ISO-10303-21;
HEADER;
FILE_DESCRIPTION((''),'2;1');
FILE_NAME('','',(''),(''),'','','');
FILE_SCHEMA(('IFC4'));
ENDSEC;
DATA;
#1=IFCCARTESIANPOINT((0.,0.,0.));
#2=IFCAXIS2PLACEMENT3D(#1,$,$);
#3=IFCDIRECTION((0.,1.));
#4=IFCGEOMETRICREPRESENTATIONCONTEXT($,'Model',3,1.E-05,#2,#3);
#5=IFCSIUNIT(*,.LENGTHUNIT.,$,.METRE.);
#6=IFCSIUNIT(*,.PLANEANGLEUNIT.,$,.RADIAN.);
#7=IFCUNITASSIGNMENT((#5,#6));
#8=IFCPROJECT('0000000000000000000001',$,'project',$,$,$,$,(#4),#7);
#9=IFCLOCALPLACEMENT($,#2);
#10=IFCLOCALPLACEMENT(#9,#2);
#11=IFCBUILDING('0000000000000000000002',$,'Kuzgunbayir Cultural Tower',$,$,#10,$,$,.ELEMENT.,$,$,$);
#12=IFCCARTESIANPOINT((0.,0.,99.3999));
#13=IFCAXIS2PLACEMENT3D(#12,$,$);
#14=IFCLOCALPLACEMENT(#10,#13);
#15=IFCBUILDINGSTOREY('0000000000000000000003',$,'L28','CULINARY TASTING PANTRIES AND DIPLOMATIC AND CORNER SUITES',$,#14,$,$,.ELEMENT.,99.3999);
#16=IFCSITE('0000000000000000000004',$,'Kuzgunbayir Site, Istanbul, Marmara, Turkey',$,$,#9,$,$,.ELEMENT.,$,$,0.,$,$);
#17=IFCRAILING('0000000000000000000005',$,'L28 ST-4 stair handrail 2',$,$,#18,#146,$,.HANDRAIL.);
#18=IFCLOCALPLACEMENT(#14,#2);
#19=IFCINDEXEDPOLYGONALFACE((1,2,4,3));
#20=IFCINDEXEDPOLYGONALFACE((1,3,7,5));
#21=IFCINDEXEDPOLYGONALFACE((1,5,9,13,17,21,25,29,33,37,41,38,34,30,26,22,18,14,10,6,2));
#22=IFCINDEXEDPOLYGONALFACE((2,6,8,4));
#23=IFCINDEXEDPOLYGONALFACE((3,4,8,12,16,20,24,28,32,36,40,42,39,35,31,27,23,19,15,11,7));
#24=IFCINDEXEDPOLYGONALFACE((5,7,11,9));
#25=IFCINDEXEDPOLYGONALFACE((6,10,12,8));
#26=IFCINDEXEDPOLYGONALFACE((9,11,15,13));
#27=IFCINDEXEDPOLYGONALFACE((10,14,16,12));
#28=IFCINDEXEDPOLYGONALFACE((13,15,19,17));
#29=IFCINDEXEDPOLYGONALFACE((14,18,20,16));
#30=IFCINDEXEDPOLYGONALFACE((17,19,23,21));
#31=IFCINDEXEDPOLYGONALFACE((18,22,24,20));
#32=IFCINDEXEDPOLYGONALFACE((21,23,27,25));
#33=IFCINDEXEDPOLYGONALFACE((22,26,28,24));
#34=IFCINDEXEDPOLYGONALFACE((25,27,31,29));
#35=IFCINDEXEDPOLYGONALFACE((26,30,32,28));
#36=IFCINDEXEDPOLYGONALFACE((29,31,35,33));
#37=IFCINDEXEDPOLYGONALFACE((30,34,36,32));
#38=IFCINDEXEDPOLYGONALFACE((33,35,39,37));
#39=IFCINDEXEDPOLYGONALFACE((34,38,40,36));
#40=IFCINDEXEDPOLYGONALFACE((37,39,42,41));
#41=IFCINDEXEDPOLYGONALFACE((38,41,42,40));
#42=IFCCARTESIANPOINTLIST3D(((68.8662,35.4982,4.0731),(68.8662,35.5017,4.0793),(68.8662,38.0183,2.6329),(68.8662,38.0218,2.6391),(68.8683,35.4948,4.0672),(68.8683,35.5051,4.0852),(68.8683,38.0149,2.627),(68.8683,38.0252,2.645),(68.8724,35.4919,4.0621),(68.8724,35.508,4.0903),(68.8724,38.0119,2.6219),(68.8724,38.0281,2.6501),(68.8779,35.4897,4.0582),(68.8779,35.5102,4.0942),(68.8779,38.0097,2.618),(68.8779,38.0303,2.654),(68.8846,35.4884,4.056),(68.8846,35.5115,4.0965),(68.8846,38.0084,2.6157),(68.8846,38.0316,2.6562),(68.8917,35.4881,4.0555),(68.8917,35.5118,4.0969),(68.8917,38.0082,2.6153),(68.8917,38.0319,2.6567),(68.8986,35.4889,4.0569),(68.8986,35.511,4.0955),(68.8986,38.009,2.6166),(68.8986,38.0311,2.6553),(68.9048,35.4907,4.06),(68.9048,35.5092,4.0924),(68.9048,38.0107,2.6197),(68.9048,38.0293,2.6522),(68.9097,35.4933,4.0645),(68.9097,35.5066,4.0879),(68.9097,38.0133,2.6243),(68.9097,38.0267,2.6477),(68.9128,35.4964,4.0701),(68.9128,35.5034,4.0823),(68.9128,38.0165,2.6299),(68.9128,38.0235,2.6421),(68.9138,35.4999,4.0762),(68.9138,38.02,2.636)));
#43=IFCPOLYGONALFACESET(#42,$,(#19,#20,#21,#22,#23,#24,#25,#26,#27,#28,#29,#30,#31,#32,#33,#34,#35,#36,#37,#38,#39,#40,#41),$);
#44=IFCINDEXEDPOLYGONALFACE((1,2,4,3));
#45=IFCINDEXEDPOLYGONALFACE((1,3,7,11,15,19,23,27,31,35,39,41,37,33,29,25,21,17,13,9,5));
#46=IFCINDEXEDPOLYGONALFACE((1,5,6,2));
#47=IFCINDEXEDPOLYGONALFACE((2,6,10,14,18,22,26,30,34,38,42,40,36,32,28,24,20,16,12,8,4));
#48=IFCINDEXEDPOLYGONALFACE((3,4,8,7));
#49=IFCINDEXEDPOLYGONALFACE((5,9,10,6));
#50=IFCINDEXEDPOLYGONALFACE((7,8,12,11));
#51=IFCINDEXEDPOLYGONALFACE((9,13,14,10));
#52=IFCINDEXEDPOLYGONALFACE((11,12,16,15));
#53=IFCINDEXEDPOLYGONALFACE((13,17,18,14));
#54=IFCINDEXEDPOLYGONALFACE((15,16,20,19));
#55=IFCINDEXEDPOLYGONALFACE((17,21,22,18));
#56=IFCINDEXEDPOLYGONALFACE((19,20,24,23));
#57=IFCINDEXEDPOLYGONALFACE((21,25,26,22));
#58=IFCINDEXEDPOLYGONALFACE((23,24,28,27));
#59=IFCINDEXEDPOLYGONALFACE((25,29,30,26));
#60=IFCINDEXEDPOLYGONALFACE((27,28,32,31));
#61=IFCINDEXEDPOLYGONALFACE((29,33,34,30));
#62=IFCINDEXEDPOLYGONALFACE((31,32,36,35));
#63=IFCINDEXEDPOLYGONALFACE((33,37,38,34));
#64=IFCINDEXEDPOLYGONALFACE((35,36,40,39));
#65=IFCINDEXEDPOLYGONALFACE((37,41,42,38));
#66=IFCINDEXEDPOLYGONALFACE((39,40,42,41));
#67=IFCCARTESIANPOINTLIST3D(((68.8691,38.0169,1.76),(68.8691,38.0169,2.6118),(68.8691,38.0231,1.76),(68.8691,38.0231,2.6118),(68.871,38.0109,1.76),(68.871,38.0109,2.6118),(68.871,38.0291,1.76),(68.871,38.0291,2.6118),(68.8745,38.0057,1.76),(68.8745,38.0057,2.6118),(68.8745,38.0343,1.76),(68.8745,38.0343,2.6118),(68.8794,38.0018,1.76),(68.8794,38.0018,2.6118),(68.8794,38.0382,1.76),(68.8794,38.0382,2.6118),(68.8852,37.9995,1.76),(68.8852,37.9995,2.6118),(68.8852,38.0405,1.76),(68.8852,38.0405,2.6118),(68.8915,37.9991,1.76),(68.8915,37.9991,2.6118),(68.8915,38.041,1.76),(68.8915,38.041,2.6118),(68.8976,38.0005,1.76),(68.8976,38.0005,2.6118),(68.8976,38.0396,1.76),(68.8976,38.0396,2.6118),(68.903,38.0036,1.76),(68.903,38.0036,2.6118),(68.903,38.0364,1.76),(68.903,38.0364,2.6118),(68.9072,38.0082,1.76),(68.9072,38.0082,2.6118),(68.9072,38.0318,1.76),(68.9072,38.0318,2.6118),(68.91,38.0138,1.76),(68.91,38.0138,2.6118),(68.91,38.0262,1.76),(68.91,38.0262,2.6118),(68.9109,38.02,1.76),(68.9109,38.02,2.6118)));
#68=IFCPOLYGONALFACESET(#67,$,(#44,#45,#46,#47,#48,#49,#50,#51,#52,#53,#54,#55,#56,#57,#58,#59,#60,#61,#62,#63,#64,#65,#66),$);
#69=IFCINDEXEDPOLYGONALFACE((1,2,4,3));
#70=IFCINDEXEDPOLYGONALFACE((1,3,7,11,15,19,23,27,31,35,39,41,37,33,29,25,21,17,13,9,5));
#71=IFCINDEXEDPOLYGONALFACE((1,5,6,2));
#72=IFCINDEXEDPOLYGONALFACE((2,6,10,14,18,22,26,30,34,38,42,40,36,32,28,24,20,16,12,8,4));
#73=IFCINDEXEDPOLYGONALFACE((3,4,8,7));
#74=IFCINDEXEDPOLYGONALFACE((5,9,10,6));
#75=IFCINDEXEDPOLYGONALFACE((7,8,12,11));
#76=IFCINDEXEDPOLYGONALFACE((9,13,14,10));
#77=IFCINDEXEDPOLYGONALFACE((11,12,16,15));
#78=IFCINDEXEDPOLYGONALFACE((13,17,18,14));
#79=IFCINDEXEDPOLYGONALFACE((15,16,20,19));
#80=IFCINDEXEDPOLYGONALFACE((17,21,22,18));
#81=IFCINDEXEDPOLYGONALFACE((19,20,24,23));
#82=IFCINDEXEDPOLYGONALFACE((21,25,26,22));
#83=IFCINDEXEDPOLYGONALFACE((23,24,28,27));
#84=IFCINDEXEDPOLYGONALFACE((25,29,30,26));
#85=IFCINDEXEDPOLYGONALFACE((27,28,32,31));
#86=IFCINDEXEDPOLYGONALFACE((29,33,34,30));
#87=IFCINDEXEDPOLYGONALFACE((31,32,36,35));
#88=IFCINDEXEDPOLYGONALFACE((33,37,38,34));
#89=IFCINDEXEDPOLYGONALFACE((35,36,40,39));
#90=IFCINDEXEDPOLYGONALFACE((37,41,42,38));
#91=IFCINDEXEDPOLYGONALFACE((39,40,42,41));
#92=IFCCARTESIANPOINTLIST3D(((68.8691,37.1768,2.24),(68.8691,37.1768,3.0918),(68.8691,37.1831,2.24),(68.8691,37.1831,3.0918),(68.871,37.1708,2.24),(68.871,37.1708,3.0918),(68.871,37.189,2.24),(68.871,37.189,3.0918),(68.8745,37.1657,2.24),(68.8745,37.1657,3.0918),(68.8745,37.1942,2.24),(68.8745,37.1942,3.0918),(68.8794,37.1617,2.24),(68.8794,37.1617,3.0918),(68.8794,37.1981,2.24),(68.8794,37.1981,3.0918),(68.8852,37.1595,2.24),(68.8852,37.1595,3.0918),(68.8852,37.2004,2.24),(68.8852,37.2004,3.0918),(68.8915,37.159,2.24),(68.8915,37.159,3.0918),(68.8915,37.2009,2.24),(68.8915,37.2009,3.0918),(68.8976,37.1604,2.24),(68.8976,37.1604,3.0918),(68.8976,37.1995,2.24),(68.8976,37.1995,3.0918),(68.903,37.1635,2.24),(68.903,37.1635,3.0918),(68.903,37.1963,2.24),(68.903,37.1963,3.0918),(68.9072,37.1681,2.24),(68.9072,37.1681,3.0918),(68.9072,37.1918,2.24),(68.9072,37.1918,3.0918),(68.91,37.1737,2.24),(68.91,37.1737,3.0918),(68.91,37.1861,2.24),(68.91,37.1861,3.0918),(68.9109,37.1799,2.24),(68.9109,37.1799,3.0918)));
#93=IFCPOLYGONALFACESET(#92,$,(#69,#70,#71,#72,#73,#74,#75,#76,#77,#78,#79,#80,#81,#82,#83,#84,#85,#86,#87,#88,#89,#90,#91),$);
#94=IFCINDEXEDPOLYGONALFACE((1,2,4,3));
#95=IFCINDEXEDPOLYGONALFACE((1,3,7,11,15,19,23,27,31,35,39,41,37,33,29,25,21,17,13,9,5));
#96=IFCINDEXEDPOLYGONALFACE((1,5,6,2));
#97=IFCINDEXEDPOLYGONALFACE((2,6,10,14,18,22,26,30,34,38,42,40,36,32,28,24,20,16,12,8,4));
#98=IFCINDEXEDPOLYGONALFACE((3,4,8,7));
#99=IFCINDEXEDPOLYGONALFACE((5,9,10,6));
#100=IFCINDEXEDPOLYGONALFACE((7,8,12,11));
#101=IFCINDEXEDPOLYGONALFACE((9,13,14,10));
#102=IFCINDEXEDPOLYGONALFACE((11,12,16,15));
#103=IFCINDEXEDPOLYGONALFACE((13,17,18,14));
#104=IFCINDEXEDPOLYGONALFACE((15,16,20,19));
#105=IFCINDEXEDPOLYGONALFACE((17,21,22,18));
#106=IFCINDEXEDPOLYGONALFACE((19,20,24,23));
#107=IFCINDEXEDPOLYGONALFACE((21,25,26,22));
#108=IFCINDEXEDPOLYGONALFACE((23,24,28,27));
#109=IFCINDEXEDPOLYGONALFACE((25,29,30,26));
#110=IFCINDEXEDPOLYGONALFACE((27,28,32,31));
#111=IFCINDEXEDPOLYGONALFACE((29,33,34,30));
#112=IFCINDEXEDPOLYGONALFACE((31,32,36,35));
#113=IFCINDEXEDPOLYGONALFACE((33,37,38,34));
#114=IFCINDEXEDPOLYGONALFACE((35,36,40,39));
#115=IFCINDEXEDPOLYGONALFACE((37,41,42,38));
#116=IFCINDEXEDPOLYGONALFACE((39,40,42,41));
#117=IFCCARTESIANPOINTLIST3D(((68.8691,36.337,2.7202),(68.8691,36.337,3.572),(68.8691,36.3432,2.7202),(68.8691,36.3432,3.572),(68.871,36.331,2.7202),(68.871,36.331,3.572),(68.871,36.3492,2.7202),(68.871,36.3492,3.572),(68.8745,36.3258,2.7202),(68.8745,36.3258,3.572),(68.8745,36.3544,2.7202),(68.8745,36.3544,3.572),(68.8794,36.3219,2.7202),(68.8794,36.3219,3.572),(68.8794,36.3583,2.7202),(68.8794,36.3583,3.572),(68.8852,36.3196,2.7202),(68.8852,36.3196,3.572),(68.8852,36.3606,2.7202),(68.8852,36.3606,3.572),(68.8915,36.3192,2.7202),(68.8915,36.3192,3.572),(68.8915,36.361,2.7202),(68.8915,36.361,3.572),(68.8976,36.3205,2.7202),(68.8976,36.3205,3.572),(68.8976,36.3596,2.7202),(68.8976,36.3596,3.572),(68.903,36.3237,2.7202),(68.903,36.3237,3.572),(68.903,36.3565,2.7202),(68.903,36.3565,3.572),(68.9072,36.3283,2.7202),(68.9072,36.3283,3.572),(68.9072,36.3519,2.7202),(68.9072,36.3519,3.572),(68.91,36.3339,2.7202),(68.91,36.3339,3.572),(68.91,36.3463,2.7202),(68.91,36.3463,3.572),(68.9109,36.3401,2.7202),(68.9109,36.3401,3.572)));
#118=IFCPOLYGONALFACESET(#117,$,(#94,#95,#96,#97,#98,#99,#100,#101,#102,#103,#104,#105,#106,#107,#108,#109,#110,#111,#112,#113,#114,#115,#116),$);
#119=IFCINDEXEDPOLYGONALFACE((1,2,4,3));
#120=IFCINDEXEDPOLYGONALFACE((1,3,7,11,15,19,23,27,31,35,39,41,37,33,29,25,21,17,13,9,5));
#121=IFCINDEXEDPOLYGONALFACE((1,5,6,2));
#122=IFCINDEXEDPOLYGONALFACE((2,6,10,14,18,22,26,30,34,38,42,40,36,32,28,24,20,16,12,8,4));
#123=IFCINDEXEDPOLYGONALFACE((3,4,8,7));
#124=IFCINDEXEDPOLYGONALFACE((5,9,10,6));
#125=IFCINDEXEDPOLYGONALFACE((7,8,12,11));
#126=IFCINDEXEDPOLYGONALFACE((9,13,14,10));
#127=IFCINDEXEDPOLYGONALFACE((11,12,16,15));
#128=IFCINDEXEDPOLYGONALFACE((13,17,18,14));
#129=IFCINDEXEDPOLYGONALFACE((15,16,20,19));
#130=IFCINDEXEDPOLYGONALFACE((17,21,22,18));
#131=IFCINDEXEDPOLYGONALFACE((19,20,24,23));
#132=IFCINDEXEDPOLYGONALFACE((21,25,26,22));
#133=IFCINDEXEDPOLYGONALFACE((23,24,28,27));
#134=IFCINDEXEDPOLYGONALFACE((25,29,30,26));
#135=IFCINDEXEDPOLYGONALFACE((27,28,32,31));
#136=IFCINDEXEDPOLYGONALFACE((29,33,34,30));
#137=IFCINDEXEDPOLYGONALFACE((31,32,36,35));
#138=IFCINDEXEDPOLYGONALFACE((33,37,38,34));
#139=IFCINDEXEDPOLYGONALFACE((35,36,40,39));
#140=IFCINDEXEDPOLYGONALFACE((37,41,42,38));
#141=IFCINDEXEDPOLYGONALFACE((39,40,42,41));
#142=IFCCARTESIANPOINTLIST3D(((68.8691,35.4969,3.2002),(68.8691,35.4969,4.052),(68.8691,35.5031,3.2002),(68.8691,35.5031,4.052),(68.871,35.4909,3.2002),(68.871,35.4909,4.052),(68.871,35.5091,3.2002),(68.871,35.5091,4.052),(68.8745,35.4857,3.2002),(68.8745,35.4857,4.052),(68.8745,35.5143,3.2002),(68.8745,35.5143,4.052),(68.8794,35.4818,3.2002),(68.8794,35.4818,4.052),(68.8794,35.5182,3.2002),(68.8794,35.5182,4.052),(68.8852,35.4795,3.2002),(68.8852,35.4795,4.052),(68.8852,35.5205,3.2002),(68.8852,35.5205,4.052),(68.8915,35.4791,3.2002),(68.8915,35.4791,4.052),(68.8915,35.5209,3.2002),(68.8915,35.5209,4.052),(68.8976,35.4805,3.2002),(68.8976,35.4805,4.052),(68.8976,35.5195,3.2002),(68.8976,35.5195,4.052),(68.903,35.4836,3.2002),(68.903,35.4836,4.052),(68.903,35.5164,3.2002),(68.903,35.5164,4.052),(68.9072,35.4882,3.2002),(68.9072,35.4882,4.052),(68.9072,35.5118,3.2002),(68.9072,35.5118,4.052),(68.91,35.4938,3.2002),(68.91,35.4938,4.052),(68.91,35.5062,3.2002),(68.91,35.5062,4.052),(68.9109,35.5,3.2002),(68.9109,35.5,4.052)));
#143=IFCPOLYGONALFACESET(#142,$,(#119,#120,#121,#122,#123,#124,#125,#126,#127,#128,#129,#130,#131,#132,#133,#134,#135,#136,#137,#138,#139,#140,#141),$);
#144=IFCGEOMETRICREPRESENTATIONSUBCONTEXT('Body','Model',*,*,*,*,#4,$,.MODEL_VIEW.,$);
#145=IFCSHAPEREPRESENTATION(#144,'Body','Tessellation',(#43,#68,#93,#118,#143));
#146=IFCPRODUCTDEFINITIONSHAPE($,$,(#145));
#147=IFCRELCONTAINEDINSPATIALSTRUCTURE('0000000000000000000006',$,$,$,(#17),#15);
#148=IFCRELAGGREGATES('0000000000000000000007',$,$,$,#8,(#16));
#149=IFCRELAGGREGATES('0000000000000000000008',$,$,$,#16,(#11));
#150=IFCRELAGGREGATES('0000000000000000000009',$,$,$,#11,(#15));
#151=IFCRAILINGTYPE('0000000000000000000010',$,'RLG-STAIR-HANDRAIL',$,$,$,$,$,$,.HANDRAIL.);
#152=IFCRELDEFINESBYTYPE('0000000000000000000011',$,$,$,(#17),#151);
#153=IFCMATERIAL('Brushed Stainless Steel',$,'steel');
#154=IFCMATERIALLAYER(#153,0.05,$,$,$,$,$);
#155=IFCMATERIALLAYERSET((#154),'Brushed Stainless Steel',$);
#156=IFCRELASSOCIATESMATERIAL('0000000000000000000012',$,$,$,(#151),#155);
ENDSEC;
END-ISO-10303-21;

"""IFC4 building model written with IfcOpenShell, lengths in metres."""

from ifc_helpers import new_model, si_unit, direction, frame, origin, origin_2d, place, context, subcontext, project, spatial, circle, extrude, material, layer, layer_set, type_object, element, save


model = new_model("IFC4")

# Units and contexts
model_context = context("Model", 3, precision=1e-05, world=origin(), true_north=direction((0.0, 1.0)))
body_context = subcontext(model_context, "Body", "Model", "MODEL_VIEW")
ifc_project = project(units=[si_unit("LENGTHUNIT", "METRE"), si_unit("PLANEANGLEUNIT", "RADIAN")], contexts=[model_context])

# Site, building, storey
site_placement = place(None, origin())
site = spatial("IfcSite", under=ifc_project, at=site_placement, Name="Kuzgunbayir Site, Istanbul, Marmara, Turkey", CompositionType="ELEMENT", RefElevation=0.0)
building_placement = place(site_placement, origin())
building = spatial("IfcBuilding", under=site, at=building_placement, Name="Kuzgunbayir Cultural Tower", CompositionType="ELEMENT")
storey_placement = place(building_placement, frame((0.0, 0.0, 99.3999)))
storey = spatial("IfcBuildingStorey", under=building, at=storey_placement, Name="L28", Description="CULINARY TASTING PANTRIES AND DIPLOMATIC AND CORNER SUITES", CompositionType="ELEMENT", Elevation=99.3999)

# Shared definitions
ifc_material_1 = material(Name="Brushed Stainless Steel", Category="steel")

# Railing
ifc_layer_1 = layer(ifc_material_1, 0.05)
ifc_layer_set_1 = layer_set([ifc_layer_1], Name="Brushed Stainless Steel")
railing_type = type_object("IfcRailingType", Name="RLG-STAIR-HANDRAIL", PredefinedType="HANDRAIL", material=ifc_layer_set_1)
railing_placement = place(storey_placement, frame((68.8899, 38.02, 1.76)))
element("IfcRailing", 1, at=railing_placement, inside=storey, type_object=railing_type, Name="L28 ST-4 stair handrail 2", PredefinedType="HANDRAIL", context=body_context, shape_type="SweptSolid", body=[
    extrude(circle(Radius=0.0239, at=origin_2d()), frame((0.0, 0.0, 0.876), z_axis=(0.0, -0.868217, 0.496184), x_axis=(1.0, 0.0, 0.0)), (0.0, 0.0, 1.0), 2.9026),
    extrude(circle(Radius=0.021, at=origin_2d()), origin(), (0.0, 0.0, 1.0), 0.8518),
    extrude(circle(Radius=0.021, at=origin_2d()), frame((0.0, -0.8401, 0.48)), (0.0, 0.0, 1.0), 0.8518),
    extrude(circle(Radius=0.021, at=origin_2d()), frame((0.0, -1.6799, 0.9602)), (0.0, 0.0, 1.0), 0.8518),
    extrude(circle(Radius=0.021, at=origin_2d()), frame((0.0, -2.52, 1.4402)), (0.0, 0.0, 1.0), 0.8518),
])

save(model, "model.ifc")
